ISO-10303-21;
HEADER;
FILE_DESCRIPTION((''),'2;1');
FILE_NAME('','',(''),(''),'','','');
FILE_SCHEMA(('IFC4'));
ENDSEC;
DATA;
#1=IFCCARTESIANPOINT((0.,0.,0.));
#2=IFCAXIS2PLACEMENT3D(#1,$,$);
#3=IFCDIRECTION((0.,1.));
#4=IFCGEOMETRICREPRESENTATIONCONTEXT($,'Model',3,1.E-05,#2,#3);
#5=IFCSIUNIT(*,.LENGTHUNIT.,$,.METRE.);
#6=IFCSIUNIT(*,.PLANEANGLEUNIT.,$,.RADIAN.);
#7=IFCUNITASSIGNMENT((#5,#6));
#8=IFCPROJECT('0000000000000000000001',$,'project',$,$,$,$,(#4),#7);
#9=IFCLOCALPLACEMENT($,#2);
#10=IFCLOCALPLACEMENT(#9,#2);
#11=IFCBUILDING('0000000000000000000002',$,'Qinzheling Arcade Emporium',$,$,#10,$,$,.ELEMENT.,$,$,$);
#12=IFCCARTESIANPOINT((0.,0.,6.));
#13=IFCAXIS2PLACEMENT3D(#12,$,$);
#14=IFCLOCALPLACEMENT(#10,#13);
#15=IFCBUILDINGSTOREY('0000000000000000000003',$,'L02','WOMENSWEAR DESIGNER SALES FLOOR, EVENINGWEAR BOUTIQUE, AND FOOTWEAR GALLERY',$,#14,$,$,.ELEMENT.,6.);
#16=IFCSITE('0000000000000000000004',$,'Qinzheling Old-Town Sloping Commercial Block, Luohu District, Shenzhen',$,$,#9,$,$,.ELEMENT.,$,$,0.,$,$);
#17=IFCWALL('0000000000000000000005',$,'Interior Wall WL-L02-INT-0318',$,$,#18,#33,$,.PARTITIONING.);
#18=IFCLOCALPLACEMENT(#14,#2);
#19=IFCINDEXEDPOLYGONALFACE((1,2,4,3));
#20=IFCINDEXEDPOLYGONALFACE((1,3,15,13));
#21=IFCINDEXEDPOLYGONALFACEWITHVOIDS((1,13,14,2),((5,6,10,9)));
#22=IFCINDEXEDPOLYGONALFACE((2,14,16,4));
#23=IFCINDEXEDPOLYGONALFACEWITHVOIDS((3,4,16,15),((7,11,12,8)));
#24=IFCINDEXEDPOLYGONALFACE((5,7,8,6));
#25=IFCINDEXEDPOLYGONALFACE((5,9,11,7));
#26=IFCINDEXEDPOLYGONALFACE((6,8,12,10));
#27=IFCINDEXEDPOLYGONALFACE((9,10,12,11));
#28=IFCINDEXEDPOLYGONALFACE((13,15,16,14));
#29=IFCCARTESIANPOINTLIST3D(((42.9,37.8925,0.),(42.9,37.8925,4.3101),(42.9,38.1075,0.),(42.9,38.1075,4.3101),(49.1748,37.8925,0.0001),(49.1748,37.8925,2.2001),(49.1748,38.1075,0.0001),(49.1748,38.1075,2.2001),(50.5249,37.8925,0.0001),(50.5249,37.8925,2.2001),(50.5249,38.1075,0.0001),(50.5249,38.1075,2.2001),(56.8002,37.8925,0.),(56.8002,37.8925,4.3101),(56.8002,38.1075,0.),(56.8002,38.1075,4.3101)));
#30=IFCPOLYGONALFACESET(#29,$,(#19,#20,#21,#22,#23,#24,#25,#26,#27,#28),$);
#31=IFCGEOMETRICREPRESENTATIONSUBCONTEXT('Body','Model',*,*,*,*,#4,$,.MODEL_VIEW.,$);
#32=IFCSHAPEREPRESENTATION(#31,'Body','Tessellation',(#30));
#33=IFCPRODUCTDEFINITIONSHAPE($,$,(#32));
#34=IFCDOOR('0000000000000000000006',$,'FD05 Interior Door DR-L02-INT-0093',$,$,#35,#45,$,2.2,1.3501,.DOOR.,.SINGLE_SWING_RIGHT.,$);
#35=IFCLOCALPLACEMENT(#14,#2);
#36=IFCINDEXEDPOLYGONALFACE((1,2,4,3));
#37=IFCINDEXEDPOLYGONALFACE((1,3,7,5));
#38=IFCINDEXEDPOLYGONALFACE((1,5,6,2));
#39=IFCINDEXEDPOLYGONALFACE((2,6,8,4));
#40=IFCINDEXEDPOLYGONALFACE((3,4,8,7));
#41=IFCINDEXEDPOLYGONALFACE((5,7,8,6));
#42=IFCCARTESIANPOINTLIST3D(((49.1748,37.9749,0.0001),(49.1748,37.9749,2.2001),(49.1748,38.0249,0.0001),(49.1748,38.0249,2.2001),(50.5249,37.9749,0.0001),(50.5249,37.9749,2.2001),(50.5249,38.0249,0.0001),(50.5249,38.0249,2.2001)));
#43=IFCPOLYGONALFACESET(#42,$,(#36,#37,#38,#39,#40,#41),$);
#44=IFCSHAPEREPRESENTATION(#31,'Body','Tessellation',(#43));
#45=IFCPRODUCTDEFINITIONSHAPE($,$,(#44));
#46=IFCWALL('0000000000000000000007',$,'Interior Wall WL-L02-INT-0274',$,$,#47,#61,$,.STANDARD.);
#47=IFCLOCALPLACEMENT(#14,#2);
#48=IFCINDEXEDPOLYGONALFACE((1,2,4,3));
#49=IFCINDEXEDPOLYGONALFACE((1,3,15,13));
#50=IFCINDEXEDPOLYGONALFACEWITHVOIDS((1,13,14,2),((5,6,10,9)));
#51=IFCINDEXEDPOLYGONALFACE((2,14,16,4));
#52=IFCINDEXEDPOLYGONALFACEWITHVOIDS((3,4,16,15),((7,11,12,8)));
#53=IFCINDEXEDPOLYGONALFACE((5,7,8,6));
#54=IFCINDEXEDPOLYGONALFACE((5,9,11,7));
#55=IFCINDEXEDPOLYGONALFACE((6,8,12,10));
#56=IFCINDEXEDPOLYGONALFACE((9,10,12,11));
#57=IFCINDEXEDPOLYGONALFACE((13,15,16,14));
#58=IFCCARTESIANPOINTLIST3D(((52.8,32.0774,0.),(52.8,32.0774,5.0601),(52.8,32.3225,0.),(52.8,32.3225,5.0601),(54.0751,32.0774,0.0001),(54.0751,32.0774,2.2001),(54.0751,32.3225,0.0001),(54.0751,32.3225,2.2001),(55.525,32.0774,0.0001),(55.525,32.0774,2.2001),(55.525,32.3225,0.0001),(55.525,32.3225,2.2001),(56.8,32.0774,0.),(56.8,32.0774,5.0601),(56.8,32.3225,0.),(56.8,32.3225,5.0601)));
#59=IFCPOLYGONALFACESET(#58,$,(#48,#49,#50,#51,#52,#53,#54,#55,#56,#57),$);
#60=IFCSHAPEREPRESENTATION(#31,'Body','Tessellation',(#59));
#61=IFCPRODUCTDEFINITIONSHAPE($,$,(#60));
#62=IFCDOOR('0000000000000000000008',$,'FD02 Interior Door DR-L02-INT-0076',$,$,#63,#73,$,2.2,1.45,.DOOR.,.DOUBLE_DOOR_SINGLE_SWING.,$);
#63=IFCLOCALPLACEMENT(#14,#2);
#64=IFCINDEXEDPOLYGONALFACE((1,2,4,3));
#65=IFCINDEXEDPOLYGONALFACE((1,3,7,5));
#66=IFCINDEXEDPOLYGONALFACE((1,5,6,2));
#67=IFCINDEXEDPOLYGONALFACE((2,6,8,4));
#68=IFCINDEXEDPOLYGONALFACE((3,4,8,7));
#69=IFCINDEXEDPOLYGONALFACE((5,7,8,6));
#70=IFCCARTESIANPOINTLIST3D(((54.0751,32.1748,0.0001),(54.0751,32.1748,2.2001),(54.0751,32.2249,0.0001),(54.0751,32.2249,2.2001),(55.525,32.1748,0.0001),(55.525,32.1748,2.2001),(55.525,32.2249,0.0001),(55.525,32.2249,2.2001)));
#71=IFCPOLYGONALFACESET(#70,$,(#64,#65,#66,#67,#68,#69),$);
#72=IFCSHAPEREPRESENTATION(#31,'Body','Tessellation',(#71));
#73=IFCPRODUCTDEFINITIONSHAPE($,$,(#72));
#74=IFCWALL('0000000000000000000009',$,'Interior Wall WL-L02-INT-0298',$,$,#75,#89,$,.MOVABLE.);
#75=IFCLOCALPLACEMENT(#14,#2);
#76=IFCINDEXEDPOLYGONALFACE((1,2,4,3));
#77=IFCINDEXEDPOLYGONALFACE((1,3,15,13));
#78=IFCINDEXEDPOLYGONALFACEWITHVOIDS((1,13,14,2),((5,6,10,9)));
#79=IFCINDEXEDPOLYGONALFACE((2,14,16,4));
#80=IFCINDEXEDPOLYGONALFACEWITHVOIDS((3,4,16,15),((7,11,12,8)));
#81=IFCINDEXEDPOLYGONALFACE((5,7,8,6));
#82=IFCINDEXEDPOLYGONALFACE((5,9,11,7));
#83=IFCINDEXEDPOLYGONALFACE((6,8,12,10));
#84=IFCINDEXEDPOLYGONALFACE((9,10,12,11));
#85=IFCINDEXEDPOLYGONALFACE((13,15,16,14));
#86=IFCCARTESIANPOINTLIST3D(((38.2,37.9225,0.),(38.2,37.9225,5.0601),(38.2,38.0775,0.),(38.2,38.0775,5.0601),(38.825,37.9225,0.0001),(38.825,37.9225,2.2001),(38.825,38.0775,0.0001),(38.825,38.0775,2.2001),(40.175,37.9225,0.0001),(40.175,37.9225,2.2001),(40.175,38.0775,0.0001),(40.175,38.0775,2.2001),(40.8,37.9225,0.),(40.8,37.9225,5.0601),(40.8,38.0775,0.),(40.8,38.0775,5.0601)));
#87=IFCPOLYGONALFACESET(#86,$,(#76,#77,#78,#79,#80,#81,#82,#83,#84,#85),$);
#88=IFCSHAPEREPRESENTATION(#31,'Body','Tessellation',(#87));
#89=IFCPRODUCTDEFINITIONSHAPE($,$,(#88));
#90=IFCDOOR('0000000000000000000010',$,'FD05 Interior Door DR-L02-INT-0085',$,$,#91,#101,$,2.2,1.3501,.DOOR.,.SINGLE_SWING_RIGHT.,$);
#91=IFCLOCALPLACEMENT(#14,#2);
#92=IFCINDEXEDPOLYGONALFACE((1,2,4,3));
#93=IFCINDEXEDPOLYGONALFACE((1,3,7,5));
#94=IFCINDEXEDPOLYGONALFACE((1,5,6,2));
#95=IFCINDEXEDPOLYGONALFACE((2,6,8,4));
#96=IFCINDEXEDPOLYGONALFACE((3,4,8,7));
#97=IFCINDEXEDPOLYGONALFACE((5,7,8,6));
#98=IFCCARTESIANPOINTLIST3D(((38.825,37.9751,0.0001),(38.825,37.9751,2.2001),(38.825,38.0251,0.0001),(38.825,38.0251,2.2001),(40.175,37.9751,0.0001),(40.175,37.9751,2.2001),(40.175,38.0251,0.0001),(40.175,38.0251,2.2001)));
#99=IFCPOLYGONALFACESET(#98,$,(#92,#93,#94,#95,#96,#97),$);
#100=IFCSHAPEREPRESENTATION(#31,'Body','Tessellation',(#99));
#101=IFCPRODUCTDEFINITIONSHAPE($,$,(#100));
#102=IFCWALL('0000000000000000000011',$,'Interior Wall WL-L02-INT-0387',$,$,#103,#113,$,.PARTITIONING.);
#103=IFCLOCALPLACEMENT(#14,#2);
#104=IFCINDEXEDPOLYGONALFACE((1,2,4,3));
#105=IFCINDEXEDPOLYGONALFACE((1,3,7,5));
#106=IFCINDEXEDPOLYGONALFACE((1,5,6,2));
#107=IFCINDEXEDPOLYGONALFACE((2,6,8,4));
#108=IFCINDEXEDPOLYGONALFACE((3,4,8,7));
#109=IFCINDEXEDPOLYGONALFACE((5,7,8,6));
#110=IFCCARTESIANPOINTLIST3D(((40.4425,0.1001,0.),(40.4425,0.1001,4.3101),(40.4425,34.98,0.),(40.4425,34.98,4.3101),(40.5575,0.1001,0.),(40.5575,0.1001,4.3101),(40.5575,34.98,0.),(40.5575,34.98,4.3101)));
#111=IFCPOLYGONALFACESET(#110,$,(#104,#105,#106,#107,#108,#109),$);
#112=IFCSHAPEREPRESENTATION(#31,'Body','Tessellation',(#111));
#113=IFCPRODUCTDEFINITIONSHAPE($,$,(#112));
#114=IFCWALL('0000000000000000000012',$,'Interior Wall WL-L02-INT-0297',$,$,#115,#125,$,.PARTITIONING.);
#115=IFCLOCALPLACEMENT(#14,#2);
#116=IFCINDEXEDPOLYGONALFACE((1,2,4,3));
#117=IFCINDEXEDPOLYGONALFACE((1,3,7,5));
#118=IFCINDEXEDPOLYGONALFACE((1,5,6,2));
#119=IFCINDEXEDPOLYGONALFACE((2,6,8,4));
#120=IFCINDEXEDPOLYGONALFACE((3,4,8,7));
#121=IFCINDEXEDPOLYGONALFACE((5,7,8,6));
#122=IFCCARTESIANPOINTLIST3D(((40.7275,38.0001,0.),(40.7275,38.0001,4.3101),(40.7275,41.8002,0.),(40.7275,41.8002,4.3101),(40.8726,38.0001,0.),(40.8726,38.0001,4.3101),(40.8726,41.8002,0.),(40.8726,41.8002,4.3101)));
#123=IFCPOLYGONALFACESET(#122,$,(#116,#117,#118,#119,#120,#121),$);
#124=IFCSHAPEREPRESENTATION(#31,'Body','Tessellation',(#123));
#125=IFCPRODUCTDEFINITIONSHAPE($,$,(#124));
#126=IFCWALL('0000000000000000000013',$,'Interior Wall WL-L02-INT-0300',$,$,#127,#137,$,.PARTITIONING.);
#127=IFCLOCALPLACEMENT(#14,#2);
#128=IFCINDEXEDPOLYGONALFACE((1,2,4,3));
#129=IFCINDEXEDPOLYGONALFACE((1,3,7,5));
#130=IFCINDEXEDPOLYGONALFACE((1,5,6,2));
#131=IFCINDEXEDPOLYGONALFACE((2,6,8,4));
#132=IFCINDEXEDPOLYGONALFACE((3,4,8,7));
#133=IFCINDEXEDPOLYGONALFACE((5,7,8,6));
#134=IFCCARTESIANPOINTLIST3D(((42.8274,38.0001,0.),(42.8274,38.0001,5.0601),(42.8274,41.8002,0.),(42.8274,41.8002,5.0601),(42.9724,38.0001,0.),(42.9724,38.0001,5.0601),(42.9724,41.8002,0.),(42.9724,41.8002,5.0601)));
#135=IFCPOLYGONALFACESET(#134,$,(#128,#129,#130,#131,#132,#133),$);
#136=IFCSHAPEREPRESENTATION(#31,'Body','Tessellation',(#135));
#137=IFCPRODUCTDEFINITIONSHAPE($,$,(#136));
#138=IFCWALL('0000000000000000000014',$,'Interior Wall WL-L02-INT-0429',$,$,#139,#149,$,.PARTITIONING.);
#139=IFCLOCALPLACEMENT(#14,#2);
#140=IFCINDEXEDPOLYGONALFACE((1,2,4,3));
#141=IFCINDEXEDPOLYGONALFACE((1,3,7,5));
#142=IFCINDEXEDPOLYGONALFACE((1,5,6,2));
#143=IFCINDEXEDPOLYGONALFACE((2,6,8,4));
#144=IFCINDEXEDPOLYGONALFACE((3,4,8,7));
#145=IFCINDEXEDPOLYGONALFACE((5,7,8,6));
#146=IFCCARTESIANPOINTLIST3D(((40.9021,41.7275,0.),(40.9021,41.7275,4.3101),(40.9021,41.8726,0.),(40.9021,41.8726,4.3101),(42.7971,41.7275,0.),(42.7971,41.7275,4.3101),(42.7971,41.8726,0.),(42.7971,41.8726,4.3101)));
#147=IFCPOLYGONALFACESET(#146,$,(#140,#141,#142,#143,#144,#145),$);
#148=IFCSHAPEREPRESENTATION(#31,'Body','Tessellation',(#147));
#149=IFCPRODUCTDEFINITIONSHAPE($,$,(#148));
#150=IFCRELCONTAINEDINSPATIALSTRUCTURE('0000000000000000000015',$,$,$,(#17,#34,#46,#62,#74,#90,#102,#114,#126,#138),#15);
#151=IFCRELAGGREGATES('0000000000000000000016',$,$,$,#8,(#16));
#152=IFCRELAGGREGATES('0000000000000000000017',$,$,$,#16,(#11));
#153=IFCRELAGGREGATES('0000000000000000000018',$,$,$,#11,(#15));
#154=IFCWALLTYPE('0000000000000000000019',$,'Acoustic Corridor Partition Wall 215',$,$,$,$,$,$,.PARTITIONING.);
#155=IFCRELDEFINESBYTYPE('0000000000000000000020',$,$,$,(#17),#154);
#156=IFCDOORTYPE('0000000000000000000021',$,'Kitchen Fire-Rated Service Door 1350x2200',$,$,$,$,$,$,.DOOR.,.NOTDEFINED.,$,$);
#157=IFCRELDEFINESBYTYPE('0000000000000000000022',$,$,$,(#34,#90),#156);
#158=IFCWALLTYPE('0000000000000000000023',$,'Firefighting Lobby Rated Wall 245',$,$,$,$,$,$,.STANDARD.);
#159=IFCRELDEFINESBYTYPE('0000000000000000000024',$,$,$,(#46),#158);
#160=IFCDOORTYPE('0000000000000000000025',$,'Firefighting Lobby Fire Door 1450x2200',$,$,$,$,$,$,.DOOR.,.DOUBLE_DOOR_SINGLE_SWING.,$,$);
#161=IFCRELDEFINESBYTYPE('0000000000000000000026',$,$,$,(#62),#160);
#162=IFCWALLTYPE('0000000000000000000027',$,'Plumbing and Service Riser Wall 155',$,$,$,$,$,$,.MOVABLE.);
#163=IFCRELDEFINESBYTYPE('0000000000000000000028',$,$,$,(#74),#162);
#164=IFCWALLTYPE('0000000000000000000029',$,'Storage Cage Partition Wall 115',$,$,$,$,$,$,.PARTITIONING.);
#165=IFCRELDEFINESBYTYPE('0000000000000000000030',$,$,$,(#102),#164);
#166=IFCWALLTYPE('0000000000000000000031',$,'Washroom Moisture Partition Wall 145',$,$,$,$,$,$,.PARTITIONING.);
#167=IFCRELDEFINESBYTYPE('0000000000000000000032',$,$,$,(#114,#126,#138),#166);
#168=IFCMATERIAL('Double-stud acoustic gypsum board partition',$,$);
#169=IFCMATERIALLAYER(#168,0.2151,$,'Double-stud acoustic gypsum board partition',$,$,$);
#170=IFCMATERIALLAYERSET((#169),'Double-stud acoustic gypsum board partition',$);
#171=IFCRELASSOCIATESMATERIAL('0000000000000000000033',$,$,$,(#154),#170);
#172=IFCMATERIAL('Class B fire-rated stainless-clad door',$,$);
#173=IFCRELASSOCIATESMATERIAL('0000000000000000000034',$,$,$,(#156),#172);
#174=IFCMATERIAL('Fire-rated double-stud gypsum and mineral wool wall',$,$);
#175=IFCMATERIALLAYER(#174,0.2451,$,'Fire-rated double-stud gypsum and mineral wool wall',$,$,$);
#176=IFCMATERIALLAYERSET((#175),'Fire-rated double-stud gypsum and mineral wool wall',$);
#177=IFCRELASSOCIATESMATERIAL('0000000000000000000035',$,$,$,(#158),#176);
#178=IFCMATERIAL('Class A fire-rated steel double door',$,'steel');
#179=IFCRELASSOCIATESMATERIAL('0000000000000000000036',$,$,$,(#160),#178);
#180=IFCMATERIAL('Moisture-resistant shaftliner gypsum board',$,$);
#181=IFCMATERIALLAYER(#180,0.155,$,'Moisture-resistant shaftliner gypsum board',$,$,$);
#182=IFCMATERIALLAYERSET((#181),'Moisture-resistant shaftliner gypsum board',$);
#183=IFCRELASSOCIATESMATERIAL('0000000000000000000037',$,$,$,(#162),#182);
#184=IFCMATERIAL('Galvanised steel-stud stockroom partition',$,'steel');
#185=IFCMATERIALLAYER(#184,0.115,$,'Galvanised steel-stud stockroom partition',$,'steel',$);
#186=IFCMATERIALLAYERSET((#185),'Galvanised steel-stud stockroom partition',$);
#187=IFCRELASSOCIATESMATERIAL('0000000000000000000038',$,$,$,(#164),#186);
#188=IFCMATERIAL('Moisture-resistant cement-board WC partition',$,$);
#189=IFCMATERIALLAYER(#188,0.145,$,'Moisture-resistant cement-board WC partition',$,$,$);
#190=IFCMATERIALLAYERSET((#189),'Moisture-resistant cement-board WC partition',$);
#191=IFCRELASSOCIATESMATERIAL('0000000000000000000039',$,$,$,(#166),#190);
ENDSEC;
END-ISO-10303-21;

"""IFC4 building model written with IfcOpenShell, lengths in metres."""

from ifc_helpers import new_model, si_unit, direction, frame, frame_2d, origin, place, context, subcontext, project, spatial, rectangle, extrude, material, layer, layer_set, type_object, element, fill, save


model = new_model("IFC4")

# Units and contexts
model_context = context("Model", 3, precision=1e-05, world=origin(), true_north=direction((0.0, 1.0)))
body_context = subcontext(model_context, "Body", "Model", "MODEL_VIEW")
ifc_project = project(units=[si_unit("LENGTHUNIT", "METRE"), si_unit("PLANEANGLEUNIT", "RADIAN")], contexts=[model_context])

# Site, building, storey
site_placement = place(None, origin())
site = spatial("IfcSite", under=ifc_project, at=site_placement, Name="Qinzheling Old-Town Sloping Commercial Block, Luohu District, Shenzhen", CompositionType="ELEMENT", RefElevation=0.0)
building_placement = place(site_placement, origin())
building = spatial("IfcBuilding", under=site, at=building_placement, Name="Qinzheling Arcade Emporium", CompositionType="ELEMENT")
storey_placement = place(building_placement, frame((0.0, 0.0, 6.0)))
storey = spatial("IfcBuildingStorey", under=building, at=storey_placement, Name="L02", Description="WOMENSWEAR DESIGNER SALES FLOOR, EVENINGWEAR BOUTIQUE, AND FOOTWEAR GALLERY", CompositionType="ELEMENT", Elevation=6.0)

# Shared definitions
ifc_material_1 = material(Name="Double-stud acoustic gypsum board partition")
ifc_layer_1 = layer(ifc_material_1, 0.2151, Name="Double-stud acoustic gypsum board partition")
ifc_layer_set_1 = layer_set([ifc_layer_1], Name="Double-stud acoustic gypsum board partition")
wall_type_1 = type_object("IfcWallType", Name="Acoustic Corridor Partition Wall 215", PredefinedType="PARTITIONING", material=ifc_layer_set_1)
ifc_material_2 = material(Name="Class B fire-rated stainless-clad door")
door_type_1 = type_object("IfcDoorType", Name="Kitchen Fire-Rated Service Door 1350x2200", OperationType="NOTDEFINED", PredefinedType="DOOR", material=ifc_material_2)

# Walls, openings, doors
wall_1_placement = place(storey_placement, frame((42.8999, 38.0, 0.0), z_axis=(0.0, 0.0, 1.0), x_axis=(1.0, 0.0, 0.0)))
wall_1 = element("IfcWall", 1, at=wall_1_placement, inside=storey, type_object=wall_type_1, Name="Interior Wall WL-L02-INT-0318", PredefinedType="PARTITIONING", context=body_context, shape_type="SweptSolid", body=[
    extrude(rectangle(XDim=13.9001, YDim=0.2151, at=frame_2d((6.9502, 0.0))), origin(), (0.0, 0.0, 1.0), 4.3101),
])
opening_1_placement = place(wall_1_placement, frame((6.2749, 0.0, 0.0)))
opening_1 = element("IfcOpeningElement", 2, at=opening_1_placement, cuts=wall_1, PredefinedType="OPENING", context=body_context, shape_type="SweptSolid", body=[
    extrude(rectangle(XDim=1.3501, YDim=2.2, at=frame_2d((0.675, 1.1001))), frame((0.0, 0.1177, 0.0), z_axis=(0.0, -1.0, 0.0), x_axis=(1.0, 0.0, 0.0)), (0.0, 0.0, 1.0), 0.2351),
])
door_1_placement = place(opening_1_placement, origin())
door_1 = element("IfcDoor", 3, at=door_1_placement, inside=storey, type_object=door_type_1, Name="FD05 Interior Door DR-L02-INT-0093", OperationType="SINGLE_SWING_RIGHT", OverallHeight=2.2, OverallWidth=1.3501, PredefinedType="DOOR", context=body_context, shape_type="SweptSolid", body=[
    extrude(rectangle(XDim=1.3501, YDim=2.2, at=frame_2d((0.675, 1.1001))), frame((0.0, 0.0249, 0.0), z_axis=(0.0, -1.0, 0.0), x_axis=(1.0, 0.0, 0.0)), (0.0, 0.0, 1.0), 0.05),
])
fill(opening_1, door_1)
ifc_material_3 = material(Name="Fire-rated double-stud gypsum and mineral wool wall")
ifc_layer_2 = layer(ifc_material_3, 0.2451, Name="Fire-rated double-stud gypsum and mineral wool wall")
ifc_layer_set_2 = layer_set([ifc_layer_2], Name="Fire-rated double-stud gypsum and mineral wool wall")
wall_type_2 = type_object("IfcWallType", Name="Firefighting Lobby Rated Wall 245", PredefinedType="STANDARD", material=ifc_layer_set_2)
wall_2_placement = place(storey_placement, frame((52.8, 32.2, 0.0), z_axis=(0.0, 0.0, 1.0), x_axis=(1.0, 0.0, 0.0)))
wall_2 = element("IfcWall", 4, at=wall_2_placement, inside=storey, type_object=wall_type_2, Name="Interior Wall WL-L02-INT-0274", PredefinedType="STANDARD", context=body_context, shape_type="SweptSolid", body=[
    extrude(rectangle(XDim=4.0, YDim=0.2451, at=frame_2d((2.0, 0.0))), origin(), (0.0, 0.0, 1.0), 5.0601),
])
opening_2_placement = place(wall_2_placement, frame((1.2749, 0.0, 0.0)))
opening_2 = element("IfcOpeningElement", 5, at=opening_2_placement, cuts=wall_2, PredefinedType="OPENING", context=body_context, shape_type="SweptSolid", body=[
    extrude(rectangle(XDim=1.45, YDim=2.2, at=frame_2d((0.7251, 1.1001))), frame((0.0, 0.1326, 0.0), z_axis=(0.0, -1.0, 0.0), x_axis=(1.0, 0.0, 0.0)), (0.0, 0.0, 1.0), 0.2651),
])
ifc_material_4 = material(Name="Class A fire-rated steel double door", Category="steel")
door_type_2 = type_object("IfcDoorType", Name="Firefighting Lobby Fire Door 1450x2200", OperationType="DOUBLE_DOOR_SINGLE_SWING", PredefinedType="DOOR", material=ifc_material_4)
door_2_placement = place(opening_2_placement, origin())
door_2 = element("IfcDoor", 6, at=door_2_placement, inside=storey, type_object=door_type_2, Name="FD02 Interior Door DR-L02-INT-0076", OperationType="DOUBLE_DOOR_SINGLE_SWING", OverallHeight=2.2, OverallWidth=1.45, PredefinedType="DOOR", context=body_context, shape_type="SweptSolid", body=[
    extrude(rectangle(XDim=1.45, YDim=2.2, at=frame_2d((0.7251, 1.1001))), frame((0.0, 0.0249, 0.0), z_axis=(0.0, -1.0, 0.0), x_axis=(1.0, 0.0, 0.0)), (0.0, 0.0, 1.0), 0.05),
])
fill(opening_2, door_2)
ifc_material_5 = material(Name="Moisture-resistant shaftliner gypsum board")
ifc_layer_3 = layer(ifc_material_5, 0.155, Name="Moisture-resistant shaftliner gypsum board")
ifc_layer_set_3 = layer_set([ifc_layer_3], Name="Moisture-resistant shaftliner gypsum board")
wall_type_3 = type_object("IfcWallType", Name="Plumbing and Service Riser Wall 155", PredefinedType="MOVABLE", material=ifc_layer_set_3)
wall_3_placement = place(storey_placement, frame((40.8, 38.0, 0.0), z_axis=(0.0, 0.0, 1.0), x_axis=(-1.0, 0.0, 0.0)))
wall_3 = element("IfcWall", 7, at=wall_3_placement, inside=storey, type_object=wall_type_3, Name="Interior Wall WL-L02-INT-0298", PredefinedType="MOVABLE", context=body_context, shape_type="SweptSolid", body=[
    extrude(rectangle(XDim=2.6001, YDim=0.155, at=frame_2d((1.3, 0.0))), origin(), (0.0, 0.0, 1.0), 5.0601),
])
opening_3_placement = place(wall_3_placement, frame((0.625, 0.0, 0.0)))
opening_3 = element("IfcOpeningElement", 8, at=opening_3_placement, cuts=wall_3, PredefinedType="OPENING", context=body_context, shape_type="SweptSolid", body=[
    extrude(rectangle(XDim=1.3501, YDim=2.2, at=frame_2d((0.675, 1.1001))), frame((0.0, 0.0874, 0.0), z_axis=(0.0, -1.0, 0.0), x_axis=(1.0, 0.0, 0.0)), (0.0, 0.0, 1.0), 0.175),
])
door_3_placement = place(opening_3_placement, origin())
door_3 = element("IfcDoor", 9, at=door_3_placement, inside=storey, type_object=door_type_1, Name="FD05 Interior Door DR-L02-INT-0085", OperationType="SINGLE_SWING_RIGHT", OverallHeight=2.2, OverallWidth=1.3501, PredefinedType="DOOR", context=body_context, shape_type="SweptSolid", body=[
    extrude(rectangle(XDim=1.3501, YDim=2.2, at=frame_2d((0.675, 1.1001))), frame((0.0, 0.0249, 0.0), z_axis=(0.0, -1.0, 0.0), x_axis=(1.0, 0.0, 0.0)), (0.0, 0.0, 1.0), 0.05),
])
fill(opening_3, door_3)

# Walls
ifc_material_6 = material(Name="Galvanised steel-stud stockroom partition", Category="steel")
ifc_layer_4 = layer(ifc_material_6, 0.115, Name="Galvanised steel-stud stockroom partition", Category="steel")
ifc_layer_set_4 = layer_set([ifc_layer_4], Name="Galvanised steel-stud stockroom partition")
wall_type_4 = type_object("IfcWallType", Name="Storage Cage Partition Wall 115", PredefinedType="PARTITIONING", material=ifc_layer_set_4)
wall_4_placement = place(storey_placement, frame((40.5, 34.98, 0.0), z_axis=(0.0, 0.0, 1.0), x_axis=(0.0, -1.0, 0.0)))
element("IfcWall", 10, at=wall_4_placement, inside=storey, type_object=wall_type_4, Name="Interior Wall WL-L02-INT-0387", PredefinedType="PARTITIONING", context=body_context, shape_type="SweptSolid", body=[
    extrude(rectangle(XDim=34.8799, YDim=0.115, at=frame_2d((17.4399, 0.0))), origin(), (0.0, 0.0, 1.0), 4.3101),
])
ifc_material_7 = material(Name="Moisture-resistant cement-board WC partition")
ifc_layer_5 = layer(ifc_material_7, 0.145, Name="Moisture-resistant cement-board WC partition")
ifc_layer_set_5 = layer_set([ifc_layer_5], Name="Moisture-resistant cement-board WC partition")
wall_type_5 = type_object("IfcWallType", Name="Washroom Moisture Partition Wall 145", PredefinedType="PARTITIONING", material=ifc_layer_set_5)
wall_5_placement = place(storey_placement, frame((40.8, 41.8, 0.0), z_axis=(0.0, 0.0, 1.0), x_axis=(0.0, -1.0, 0.0)))
element("IfcWall", 11, at=wall_5_placement, inside=storey, type_object=wall_type_5, Name="Interior Wall WL-L02-INT-0297", PredefinedType="PARTITIONING", context=body_context, shape_type="SweptSolid", body=[
    extrude(rectangle(XDim=3.8, YDim=0.145, at=frame_2d((1.8999, 0.0))), origin(), (0.0, 0.0, 1.0), 4.3101),
])

# Walls
wall_6_placement = place(storey_placement, frame((42.8999, 41.8, 0.0), z_axis=(0.0, 0.0, 1.0), x_axis=(0.0, -1.0, 0.0)))
element("IfcWall", 12, at=wall_6_placement, inside=storey, type_object=wall_type_5, Name="Interior Wall WL-L02-INT-0300", PredefinedType="PARTITIONING", context=body_context, shape_type="SweptSolid", body=[
    extrude(rectangle(XDim=3.8, YDim=0.145, at=frame_2d((1.8999, 0.0))), origin(), (0.0, 0.0, 1.0), 5.0601),
])
wall_7_placement = place(storey_placement, frame((40.9021, 41.8, 0.0), z_axis=(0.0, 0.0, 1.0), x_axis=(1.0, 0.0, 0.0)))
element("IfcWall", 13, at=wall_7_placement, inside=storey, type_object=wall_type_5, Name="Interior Wall WL-L02-INT-0429", PredefinedType="PARTITIONING", context=body_context, shape_type="SweptSolid", body=[
    extrude(rectangle(XDim=1.895, YDim=0.145, at=frame_2d((0.9475, 0.0))), origin(), (0.0, 0.0, 1.0), 4.3101),
])

save(model, "model.ifc")
